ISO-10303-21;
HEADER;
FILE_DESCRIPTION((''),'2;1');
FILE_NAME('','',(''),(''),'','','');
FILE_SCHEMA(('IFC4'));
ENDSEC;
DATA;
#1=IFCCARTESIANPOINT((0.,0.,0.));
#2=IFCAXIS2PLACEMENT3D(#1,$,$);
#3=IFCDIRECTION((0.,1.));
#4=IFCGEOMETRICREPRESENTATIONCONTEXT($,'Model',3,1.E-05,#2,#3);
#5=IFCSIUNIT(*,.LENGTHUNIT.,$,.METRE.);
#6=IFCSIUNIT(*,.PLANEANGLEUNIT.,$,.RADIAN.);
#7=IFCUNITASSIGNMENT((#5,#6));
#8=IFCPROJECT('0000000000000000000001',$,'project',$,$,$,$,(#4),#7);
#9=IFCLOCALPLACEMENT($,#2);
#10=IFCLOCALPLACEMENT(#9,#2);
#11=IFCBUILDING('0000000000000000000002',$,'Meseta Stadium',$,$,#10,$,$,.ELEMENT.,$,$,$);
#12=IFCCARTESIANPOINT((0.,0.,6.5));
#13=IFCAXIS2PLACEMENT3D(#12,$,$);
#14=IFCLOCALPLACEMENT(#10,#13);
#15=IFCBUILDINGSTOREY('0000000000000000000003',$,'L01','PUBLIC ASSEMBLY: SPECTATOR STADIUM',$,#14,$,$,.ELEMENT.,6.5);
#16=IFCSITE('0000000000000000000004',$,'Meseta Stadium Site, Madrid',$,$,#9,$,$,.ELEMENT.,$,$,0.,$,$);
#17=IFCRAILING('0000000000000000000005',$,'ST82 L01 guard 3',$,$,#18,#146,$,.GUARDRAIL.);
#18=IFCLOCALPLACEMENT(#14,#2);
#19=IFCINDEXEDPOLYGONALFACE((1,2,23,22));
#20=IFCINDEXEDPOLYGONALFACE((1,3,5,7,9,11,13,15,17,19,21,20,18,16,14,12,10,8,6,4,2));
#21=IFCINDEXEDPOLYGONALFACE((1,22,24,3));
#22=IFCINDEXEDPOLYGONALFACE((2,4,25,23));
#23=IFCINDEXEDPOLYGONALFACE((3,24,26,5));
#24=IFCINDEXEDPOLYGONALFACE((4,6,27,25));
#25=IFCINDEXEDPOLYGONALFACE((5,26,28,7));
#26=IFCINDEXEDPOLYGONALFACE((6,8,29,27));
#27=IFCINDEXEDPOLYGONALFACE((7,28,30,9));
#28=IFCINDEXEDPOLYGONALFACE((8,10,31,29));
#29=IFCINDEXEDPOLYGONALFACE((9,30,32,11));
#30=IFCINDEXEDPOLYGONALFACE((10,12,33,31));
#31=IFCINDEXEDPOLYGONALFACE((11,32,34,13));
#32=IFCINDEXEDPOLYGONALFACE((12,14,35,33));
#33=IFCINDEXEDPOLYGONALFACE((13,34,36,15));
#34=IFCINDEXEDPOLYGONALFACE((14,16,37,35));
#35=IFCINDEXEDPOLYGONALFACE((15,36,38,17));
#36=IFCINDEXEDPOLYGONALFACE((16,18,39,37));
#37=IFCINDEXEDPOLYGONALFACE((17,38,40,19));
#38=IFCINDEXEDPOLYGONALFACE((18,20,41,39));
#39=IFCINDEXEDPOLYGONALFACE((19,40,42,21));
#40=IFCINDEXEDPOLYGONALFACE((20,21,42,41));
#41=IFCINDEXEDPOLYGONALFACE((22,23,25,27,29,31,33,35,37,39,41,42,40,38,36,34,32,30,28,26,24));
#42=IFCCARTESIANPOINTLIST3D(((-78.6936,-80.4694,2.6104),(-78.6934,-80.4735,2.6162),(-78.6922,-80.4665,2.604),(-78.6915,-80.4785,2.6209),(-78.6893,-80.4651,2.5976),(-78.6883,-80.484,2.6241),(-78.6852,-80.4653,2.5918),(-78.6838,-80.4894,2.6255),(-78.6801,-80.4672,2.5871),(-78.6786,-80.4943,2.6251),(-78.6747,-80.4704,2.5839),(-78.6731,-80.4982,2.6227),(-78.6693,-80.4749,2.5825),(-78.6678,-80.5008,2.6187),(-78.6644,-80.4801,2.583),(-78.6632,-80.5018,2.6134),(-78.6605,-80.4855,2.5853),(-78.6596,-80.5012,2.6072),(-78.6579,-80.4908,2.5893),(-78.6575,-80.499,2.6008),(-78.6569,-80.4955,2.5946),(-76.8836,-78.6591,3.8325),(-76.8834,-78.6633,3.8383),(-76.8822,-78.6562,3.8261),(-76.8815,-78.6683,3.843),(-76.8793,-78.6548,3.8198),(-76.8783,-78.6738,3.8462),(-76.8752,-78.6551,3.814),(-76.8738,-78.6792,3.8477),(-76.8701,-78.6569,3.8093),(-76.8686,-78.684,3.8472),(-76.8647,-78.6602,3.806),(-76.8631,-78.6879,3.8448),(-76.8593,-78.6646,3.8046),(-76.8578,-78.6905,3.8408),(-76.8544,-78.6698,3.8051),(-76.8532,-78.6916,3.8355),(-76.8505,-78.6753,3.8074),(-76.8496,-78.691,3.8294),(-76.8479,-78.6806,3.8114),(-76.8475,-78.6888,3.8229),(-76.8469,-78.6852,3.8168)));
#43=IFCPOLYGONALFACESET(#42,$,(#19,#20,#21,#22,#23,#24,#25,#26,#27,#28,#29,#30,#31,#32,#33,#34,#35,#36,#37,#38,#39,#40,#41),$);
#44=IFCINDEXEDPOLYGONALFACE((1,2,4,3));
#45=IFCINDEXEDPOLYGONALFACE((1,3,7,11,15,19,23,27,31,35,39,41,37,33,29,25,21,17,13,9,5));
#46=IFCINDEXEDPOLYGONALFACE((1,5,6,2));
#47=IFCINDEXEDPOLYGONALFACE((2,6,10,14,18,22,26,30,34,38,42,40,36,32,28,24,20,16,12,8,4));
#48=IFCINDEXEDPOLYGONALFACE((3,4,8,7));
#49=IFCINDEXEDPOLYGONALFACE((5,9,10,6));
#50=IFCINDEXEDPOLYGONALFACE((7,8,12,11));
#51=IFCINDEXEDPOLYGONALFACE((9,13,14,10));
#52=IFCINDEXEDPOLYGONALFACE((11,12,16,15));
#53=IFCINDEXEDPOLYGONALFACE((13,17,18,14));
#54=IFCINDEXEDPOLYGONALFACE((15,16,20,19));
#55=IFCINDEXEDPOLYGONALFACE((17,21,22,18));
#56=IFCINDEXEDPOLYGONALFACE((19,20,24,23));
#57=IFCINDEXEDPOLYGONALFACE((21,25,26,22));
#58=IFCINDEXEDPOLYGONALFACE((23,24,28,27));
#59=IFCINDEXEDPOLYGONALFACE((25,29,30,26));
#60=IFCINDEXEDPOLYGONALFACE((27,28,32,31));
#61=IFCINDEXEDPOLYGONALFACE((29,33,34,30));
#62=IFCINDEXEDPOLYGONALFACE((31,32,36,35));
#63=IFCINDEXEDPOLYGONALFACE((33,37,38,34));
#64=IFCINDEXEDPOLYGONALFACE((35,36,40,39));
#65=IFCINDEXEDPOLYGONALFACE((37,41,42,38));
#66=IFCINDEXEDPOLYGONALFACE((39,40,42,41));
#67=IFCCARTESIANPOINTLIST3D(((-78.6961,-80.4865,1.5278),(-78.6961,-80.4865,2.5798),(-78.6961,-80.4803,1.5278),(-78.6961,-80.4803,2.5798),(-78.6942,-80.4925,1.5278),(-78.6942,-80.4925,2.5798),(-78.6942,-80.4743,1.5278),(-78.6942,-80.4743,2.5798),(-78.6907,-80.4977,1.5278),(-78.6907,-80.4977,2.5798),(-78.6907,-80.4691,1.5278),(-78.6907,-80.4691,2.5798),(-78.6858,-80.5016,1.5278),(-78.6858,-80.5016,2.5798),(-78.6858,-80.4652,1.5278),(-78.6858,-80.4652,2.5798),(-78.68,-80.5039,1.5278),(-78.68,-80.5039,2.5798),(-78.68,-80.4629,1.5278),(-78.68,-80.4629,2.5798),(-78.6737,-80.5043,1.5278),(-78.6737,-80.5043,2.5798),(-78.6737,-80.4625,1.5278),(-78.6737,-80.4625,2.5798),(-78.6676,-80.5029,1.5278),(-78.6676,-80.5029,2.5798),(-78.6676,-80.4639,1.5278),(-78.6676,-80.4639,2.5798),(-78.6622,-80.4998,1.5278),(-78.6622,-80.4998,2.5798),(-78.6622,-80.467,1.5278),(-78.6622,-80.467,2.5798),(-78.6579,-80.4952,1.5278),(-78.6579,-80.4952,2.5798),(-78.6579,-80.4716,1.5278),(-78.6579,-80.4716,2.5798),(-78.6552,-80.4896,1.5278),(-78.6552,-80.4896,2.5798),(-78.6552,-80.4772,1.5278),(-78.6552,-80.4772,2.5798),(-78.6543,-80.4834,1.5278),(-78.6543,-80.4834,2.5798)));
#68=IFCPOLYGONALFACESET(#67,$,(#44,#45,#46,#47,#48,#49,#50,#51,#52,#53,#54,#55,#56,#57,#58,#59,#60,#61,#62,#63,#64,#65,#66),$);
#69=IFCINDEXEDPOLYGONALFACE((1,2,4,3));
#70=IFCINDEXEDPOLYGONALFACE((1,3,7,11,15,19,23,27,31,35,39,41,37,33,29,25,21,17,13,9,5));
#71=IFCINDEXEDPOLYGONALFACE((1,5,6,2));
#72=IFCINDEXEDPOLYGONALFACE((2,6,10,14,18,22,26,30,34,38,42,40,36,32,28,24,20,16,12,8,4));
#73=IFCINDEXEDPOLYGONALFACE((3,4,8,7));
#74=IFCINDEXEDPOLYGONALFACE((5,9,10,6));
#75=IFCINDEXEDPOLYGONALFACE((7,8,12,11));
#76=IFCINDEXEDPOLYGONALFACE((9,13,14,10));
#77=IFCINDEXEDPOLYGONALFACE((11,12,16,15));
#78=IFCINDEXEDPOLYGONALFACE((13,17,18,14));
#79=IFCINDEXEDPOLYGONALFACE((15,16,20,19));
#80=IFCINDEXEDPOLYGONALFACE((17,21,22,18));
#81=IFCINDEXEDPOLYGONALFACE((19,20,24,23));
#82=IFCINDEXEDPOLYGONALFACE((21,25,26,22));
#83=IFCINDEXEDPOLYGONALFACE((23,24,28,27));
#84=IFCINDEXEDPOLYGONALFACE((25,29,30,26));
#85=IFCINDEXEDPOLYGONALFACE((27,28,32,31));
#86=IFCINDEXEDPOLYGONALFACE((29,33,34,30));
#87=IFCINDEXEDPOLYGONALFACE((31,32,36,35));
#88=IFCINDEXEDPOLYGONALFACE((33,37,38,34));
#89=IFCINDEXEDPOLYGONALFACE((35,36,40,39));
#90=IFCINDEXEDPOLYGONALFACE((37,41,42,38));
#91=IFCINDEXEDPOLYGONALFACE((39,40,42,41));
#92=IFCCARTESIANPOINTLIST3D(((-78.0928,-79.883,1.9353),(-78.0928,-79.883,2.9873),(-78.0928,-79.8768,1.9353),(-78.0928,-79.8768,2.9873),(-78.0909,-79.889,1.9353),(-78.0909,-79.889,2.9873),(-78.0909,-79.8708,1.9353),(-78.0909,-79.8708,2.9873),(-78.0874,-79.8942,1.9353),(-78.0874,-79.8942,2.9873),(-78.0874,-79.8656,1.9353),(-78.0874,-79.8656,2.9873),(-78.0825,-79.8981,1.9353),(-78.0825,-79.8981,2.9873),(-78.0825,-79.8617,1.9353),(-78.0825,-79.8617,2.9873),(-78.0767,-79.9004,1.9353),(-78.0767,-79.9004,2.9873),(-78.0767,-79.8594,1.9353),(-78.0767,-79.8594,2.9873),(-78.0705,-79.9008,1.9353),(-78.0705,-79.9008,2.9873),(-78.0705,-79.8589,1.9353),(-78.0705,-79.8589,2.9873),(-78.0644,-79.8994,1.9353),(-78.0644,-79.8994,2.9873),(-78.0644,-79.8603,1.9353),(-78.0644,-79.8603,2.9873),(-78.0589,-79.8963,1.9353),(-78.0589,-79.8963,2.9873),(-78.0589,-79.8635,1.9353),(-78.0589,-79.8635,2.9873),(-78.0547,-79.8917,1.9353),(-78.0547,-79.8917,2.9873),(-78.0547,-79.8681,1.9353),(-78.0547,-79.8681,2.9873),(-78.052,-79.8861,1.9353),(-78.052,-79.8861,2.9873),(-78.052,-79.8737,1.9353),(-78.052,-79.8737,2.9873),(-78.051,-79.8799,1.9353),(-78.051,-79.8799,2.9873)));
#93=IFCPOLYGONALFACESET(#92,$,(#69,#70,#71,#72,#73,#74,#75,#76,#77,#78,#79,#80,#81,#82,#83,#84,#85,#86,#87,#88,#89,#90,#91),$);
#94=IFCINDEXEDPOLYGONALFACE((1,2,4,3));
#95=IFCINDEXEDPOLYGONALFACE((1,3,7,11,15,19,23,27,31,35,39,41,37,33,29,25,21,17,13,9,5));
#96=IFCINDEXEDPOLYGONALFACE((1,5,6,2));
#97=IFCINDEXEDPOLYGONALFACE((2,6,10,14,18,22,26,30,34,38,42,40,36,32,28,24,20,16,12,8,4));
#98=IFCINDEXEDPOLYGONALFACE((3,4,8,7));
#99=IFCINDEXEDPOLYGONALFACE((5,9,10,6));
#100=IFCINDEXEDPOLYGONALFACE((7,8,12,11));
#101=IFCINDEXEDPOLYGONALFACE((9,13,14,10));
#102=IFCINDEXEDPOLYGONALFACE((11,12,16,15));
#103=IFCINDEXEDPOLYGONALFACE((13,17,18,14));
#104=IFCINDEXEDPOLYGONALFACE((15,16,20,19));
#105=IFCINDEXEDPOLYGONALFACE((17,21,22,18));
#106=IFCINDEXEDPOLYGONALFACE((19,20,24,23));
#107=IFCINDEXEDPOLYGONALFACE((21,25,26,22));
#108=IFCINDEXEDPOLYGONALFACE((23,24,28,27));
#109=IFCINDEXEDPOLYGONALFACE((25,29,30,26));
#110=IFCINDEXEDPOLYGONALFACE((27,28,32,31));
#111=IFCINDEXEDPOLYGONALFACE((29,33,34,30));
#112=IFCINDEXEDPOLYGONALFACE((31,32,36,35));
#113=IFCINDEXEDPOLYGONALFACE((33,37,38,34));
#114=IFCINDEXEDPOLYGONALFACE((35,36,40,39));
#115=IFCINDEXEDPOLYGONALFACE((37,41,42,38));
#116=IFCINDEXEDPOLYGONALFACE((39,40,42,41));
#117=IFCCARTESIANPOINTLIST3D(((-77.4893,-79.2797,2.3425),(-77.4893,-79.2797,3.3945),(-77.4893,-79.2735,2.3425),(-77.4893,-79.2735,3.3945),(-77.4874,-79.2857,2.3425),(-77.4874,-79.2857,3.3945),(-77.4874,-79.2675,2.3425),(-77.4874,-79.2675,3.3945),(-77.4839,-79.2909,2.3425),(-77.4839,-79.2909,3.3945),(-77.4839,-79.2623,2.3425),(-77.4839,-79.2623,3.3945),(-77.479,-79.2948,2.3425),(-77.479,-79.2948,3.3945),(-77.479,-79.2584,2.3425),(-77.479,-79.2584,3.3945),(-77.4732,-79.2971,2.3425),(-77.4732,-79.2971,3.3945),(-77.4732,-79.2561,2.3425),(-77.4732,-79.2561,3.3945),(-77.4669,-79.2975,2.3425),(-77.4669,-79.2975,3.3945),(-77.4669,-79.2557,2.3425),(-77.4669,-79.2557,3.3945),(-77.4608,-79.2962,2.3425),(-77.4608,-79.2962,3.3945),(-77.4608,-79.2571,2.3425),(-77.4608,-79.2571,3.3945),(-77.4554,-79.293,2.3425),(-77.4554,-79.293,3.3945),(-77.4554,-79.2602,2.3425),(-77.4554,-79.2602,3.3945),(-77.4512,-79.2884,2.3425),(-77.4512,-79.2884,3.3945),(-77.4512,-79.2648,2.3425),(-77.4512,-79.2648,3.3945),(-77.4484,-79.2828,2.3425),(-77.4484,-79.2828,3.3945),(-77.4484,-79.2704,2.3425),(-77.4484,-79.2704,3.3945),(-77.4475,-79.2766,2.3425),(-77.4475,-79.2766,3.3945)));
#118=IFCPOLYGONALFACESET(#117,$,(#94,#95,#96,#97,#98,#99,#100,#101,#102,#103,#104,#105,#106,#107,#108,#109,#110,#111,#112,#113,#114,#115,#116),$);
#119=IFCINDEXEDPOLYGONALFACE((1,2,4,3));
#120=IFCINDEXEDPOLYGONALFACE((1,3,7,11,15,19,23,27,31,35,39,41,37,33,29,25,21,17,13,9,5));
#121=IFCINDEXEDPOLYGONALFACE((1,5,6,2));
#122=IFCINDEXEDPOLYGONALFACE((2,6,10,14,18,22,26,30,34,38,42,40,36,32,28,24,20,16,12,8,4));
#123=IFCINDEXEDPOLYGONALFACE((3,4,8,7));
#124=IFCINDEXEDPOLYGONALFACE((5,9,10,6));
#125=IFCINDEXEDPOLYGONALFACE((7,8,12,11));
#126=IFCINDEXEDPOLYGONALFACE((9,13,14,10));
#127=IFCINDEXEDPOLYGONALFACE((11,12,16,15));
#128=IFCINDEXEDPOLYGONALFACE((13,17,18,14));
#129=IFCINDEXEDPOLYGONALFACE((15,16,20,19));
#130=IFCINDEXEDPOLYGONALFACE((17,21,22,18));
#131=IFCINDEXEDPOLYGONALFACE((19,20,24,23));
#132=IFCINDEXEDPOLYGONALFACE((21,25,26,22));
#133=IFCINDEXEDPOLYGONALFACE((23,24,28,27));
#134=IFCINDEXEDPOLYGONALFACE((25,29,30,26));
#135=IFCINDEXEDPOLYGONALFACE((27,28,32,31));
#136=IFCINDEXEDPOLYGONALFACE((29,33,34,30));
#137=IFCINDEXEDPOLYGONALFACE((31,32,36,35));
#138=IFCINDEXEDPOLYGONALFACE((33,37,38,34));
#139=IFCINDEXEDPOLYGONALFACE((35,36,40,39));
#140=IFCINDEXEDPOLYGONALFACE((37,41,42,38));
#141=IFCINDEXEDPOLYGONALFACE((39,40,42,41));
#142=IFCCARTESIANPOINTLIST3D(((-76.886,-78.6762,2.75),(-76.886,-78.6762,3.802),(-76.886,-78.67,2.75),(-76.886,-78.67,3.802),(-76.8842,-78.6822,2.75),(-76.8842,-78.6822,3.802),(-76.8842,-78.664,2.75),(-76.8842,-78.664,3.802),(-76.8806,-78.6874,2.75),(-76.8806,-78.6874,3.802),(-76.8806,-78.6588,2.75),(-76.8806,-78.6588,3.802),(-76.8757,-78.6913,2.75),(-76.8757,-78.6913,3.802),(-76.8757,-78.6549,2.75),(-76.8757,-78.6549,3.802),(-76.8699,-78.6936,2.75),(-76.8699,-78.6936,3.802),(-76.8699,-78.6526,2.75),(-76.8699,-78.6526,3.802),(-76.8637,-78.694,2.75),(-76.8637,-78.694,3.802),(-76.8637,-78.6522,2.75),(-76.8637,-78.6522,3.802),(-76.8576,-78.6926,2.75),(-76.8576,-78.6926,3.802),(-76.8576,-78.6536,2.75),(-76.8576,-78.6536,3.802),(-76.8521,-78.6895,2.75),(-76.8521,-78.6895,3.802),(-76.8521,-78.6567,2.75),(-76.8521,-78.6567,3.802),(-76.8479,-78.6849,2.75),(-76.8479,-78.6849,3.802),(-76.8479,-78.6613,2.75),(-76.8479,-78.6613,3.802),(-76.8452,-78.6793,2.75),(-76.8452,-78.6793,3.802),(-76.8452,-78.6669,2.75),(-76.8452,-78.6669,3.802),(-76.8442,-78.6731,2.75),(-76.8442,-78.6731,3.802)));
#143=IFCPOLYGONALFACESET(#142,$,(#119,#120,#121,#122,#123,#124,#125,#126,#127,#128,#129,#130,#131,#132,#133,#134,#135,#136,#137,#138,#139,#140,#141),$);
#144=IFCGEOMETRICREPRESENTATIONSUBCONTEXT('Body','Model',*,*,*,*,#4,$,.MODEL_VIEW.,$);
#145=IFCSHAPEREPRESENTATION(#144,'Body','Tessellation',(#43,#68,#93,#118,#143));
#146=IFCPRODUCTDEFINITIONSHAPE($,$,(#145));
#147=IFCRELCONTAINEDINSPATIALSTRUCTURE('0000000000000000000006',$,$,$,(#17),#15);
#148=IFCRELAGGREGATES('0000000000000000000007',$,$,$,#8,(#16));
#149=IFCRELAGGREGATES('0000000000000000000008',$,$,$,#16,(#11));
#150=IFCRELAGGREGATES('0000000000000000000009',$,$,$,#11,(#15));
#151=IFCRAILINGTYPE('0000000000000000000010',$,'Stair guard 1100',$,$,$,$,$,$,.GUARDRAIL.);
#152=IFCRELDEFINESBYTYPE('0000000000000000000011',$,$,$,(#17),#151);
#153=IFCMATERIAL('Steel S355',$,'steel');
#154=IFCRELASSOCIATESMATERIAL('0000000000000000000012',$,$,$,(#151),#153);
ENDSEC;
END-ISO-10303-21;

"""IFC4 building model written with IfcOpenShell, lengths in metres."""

from ifc_helpers import new_model, si_unit, direction, frame, origin, origin_2d, place, context, subcontext, project, spatial, circle, extrude, material, type_object, element, save


model = new_model("IFC4")

# Units and contexts
model_context = context("Model", 3, precision=1e-05, world=origin(), true_north=direction((0.0, 1.0)))
body_context = subcontext(model_context, "Body", "Model", "MODEL_VIEW")
ifc_project = project(units=[si_unit("LENGTHUNIT", "METRE"), si_unit("PLANEANGLEUNIT", "RADIAN")], contexts=[model_context])

# Site, building, storey
site_placement = place(None, origin())
site = spatial("IfcSite", under=ifc_project, at=site_placement, Name="Meseta Stadium Site, Madrid", CompositionType="ELEMENT", RefElevation=0.0)
building_placement = place(site_placement, origin())
building = spatial("IfcBuilding", under=site, at=building_placement, Name="Meseta Stadium", CompositionType="ELEMENT")
storey_placement = place(building_placement, frame((0.0, 0.0, 6.5)))
storey = spatial("IfcBuildingStorey", under=building, at=storey_placement, Name="L01", Description="PUBLIC ASSEMBLY: SPECTATOR STADIUM", CompositionType="ELEMENT", Elevation=6.5)

# Railing
ifc_material_1 = material(Name="Steel S355", Category="steel")
railing_type_1 = type_object("IfcRailingType", Name="Stair guard 1100", PredefinedType="GUARDRAIL", material=ifc_material_1)
for number, where, name in (
    (1, (-78.6753, -80.4834, 1.5278), "ST82 L01 guard 3"),
):
    element("IfcRailing", number, at=place(storey_placement, frame(where)), inside=storey, type_object=railing_type_1, Name=name, PredefinedType="GUARDRAIL", context=body_context, shape_type="SweptSolid", body=[
        extrude(circle(Radius=0.0239, at=origin_2d()), frame((0.0, 0.0, 1.0762), z_axis=(0.638073, 0.638159, 0.430832), x_axis=(-0.707154, 0.707059, 0.0)), (0.0, 0.0, 1.0), 2.8367),
        extrude(circle(Radius=0.021, at=origin_2d()), origin(), (0.0, 0.0, 1.0), 1.052),
        extrude(circle(Radius=0.021, at=origin_2d()), frame((0.6033, 0.6035, 0.4075)), (0.0, 0.0, 1.0), 1.052),
        extrude(circle(Radius=0.021, at=origin_2d()), frame((1.2068, 1.2068, 0.8147)), (0.0, 0.0, 1.0), 1.052),
        extrude(circle(Radius=0.021, at=origin_2d()), frame((1.8101, 1.8103, 1.2222)), (0.0, 0.0, 1.0), 1.052),
    ])

save(model, "model.ifc")
